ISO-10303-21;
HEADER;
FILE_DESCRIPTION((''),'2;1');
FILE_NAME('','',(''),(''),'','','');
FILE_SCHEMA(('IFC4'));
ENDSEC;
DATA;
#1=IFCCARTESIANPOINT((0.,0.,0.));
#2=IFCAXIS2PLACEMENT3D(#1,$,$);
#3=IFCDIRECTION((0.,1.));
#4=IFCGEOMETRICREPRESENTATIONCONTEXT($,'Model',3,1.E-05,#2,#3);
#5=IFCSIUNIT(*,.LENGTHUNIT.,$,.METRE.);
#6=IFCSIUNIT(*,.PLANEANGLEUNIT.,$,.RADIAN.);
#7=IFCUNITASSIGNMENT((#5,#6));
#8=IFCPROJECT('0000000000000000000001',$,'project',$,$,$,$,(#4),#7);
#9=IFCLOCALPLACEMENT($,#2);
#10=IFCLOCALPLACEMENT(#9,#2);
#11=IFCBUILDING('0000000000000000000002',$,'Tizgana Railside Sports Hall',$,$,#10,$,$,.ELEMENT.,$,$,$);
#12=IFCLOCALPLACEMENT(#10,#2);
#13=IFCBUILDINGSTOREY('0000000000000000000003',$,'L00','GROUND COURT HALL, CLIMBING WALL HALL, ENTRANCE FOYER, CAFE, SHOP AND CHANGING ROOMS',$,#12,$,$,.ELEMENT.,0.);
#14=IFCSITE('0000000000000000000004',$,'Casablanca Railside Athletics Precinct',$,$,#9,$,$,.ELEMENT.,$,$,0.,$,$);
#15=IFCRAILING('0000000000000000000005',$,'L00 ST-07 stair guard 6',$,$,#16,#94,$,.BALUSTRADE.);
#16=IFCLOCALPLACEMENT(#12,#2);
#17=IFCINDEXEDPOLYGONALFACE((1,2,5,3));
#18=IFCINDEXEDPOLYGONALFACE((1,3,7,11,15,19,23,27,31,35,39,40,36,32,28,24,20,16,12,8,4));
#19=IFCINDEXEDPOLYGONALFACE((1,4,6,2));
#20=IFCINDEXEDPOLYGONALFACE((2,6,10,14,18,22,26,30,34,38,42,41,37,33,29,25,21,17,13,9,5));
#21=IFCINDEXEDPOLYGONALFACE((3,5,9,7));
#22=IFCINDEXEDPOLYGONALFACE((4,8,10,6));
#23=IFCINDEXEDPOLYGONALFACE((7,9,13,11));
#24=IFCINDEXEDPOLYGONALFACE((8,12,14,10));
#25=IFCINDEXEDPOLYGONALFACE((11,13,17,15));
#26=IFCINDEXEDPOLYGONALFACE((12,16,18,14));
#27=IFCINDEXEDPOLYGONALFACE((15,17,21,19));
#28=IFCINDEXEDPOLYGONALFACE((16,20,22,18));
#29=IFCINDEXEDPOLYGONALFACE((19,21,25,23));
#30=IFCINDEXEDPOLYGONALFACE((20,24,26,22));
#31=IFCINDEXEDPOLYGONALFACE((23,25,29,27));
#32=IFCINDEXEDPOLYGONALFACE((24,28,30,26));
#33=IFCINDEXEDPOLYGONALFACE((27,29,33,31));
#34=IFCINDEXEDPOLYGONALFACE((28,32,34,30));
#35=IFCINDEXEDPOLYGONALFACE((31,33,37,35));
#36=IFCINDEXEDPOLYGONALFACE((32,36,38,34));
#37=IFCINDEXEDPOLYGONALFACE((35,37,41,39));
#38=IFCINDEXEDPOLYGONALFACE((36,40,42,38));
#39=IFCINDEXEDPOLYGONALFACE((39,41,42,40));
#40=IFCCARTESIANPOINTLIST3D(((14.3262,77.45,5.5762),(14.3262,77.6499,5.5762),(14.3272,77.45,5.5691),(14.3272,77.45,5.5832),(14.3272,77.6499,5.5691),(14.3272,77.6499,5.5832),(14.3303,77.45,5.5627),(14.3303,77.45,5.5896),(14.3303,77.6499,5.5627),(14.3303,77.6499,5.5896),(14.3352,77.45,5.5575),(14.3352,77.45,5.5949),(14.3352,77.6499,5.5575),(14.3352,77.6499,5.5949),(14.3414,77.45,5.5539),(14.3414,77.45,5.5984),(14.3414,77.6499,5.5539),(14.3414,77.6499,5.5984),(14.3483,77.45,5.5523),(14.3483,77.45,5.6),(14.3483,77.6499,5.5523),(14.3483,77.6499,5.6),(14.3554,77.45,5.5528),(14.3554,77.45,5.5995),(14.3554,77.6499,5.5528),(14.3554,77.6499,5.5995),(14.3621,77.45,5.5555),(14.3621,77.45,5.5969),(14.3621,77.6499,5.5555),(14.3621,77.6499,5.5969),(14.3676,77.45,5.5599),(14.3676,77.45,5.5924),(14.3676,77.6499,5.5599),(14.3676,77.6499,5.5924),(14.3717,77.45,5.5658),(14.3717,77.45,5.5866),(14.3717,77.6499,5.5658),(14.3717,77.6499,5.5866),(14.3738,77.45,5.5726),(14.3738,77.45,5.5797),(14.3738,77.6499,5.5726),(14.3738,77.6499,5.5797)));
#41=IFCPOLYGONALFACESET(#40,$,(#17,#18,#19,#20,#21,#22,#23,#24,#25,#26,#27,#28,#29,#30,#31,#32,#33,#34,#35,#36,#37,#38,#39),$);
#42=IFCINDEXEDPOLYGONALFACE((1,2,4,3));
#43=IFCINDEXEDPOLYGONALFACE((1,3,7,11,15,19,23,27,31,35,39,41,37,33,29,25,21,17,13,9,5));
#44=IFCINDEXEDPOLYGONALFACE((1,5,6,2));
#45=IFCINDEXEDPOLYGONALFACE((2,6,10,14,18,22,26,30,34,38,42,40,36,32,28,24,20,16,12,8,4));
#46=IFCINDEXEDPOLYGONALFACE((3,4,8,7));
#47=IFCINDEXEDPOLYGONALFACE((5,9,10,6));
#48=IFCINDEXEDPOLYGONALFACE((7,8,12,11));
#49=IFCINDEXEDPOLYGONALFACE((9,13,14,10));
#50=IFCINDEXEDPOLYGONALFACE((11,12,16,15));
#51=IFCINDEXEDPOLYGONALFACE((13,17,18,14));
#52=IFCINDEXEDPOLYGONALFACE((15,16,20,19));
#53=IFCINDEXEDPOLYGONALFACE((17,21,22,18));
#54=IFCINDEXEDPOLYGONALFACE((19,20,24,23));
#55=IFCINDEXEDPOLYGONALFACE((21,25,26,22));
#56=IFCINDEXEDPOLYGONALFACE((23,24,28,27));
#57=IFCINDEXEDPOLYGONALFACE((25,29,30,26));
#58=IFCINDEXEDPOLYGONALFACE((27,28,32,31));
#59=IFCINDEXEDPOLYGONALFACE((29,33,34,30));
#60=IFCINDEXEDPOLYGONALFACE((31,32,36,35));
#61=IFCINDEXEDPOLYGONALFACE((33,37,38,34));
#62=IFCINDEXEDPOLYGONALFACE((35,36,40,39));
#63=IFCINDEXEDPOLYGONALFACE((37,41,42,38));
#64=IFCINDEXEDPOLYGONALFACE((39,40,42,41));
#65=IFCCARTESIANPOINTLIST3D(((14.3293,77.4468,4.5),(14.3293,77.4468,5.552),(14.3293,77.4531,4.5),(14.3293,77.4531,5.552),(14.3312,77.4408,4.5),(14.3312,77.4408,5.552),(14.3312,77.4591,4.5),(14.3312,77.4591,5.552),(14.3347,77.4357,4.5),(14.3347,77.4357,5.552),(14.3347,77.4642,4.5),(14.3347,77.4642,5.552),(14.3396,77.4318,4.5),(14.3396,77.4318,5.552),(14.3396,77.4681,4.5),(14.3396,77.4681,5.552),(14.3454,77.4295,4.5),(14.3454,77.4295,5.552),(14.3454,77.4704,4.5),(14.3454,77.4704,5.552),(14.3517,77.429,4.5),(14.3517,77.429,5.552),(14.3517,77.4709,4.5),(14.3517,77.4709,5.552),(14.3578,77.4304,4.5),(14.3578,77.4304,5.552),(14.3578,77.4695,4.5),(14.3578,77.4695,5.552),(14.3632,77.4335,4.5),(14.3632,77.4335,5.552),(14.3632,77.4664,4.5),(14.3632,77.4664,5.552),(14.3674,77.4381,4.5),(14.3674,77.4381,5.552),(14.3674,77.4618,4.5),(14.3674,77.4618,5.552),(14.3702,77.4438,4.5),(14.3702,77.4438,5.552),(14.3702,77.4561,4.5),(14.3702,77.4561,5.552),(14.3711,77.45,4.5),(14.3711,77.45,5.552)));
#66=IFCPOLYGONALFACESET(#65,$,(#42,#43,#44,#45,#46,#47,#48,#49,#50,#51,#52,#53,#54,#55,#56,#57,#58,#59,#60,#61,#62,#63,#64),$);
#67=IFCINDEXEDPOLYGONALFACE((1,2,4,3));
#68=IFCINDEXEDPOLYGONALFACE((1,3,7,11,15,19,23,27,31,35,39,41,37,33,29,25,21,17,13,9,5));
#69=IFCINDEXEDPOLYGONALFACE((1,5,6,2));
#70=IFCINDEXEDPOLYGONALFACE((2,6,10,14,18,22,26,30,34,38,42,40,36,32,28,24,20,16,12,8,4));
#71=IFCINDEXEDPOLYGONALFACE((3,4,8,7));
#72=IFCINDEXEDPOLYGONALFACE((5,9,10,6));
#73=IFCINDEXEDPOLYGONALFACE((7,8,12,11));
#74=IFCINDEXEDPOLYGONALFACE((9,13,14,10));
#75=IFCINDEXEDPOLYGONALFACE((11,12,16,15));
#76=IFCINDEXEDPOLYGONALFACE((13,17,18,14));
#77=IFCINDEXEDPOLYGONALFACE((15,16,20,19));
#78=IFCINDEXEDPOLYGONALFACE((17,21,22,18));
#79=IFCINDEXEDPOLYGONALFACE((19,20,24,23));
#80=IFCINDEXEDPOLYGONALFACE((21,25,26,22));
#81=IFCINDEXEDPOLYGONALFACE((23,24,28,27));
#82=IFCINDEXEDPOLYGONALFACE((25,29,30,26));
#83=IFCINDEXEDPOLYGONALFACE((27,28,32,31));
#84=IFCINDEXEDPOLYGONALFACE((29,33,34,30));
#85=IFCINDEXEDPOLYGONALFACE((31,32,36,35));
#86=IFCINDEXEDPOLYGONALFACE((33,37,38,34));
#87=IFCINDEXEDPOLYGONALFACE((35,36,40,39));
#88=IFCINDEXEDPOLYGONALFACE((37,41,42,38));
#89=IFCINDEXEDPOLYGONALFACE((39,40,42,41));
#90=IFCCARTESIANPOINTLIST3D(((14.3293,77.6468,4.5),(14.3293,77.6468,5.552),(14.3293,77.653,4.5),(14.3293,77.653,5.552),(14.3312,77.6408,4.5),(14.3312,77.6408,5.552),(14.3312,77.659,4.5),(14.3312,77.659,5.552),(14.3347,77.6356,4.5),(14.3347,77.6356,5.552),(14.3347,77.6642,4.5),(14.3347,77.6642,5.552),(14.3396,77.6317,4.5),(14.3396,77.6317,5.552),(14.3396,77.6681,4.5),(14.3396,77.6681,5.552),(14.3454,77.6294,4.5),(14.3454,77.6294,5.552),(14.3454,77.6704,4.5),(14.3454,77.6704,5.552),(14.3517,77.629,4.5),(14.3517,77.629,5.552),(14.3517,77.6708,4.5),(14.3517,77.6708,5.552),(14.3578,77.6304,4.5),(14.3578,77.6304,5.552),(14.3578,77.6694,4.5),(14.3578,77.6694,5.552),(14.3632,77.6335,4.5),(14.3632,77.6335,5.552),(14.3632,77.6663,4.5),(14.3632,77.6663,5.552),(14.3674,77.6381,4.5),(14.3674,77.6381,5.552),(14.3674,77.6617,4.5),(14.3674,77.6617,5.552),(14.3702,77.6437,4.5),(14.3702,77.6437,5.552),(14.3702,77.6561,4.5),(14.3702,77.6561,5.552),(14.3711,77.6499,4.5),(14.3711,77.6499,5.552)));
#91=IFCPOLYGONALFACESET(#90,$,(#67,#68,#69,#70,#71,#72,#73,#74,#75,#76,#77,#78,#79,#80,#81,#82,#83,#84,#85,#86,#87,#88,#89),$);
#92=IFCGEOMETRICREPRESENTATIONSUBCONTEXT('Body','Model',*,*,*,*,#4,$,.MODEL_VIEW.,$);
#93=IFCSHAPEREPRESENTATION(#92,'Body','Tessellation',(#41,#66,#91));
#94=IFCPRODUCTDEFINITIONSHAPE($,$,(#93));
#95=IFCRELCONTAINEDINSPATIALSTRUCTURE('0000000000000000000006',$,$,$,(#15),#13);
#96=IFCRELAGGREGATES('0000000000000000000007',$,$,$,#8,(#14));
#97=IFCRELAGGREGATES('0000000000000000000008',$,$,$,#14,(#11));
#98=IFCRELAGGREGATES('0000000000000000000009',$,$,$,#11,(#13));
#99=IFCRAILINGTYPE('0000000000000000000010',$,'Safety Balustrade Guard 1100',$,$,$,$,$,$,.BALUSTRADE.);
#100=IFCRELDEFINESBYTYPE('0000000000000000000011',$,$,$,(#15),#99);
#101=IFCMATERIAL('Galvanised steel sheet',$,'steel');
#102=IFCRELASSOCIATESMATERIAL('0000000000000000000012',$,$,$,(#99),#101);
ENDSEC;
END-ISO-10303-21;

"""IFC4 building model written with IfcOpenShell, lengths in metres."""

from ifc_helpers import new_model, si_unit, direction, frame, origin, origin_2d, place, context, subcontext, project, spatial, circle, extrude, material, type_object, element, save


model = new_model("IFC4")

# Units and contexts
model_context = context("Model", 3, precision=1e-05, world=origin(), true_north=direction((0.0, 1.0)))
body_context = subcontext(model_context, "Body", "Model", "MODEL_VIEW")
ifc_project = project(units=[si_unit("LENGTHUNIT", "METRE"), si_unit("PLANEANGLEUNIT", "RADIAN")], contexts=[model_context])

# Site, building, storey
site_placement = place(None, origin())
site = spatial("IfcSite", under=ifc_project, at=site_placement, Name="Casablanca Railside Athletics Precinct", CompositionType="ELEMENT", RefElevation=0.0)
building_placement = place(site_placement, origin())
building = spatial("IfcBuilding", under=site, at=building_placement, Name="Tizgana Railside Sports Hall", CompositionType="ELEMENT")
storey_placement = place(building_placement, origin())
storey = spatial("IfcBuildingStorey", under=building, at=storey_placement, Name="L00", Description="GROUND COURT HALL, CLIMBING WALL HALL, ENTRANCE FOYER, CAFE, SHOP AND CHANGING ROOMS", CompositionType="ELEMENT", Elevation=0.0)

# Railing
ifc_material_1 = material(Name="Galvanised steel sheet", Category="steel")
railing_type_1 = type_object("IfcRailingType", Name="Safety Balustrade Guard 1100", PredefinedType="BALUSTRADE", material=ifc_material_1)
railing_1_placement = place(storey_placement, frame((14.3501, 77.45, 4.5)))
element("IfcRailing", 1, at=railing_1_placement, inside=storey, type_object=railing_type_1, Name="L00 ST-07 stair guard 6", PredefinedType="BALUSTRADE", context=body_context, shape_type="SweptSolid", body=[
    extrude(circle(Radius=0.0239, at=origin_2d()), frame((0.0, 0.0, 1.0762), z_axis=(0.0, 1.0, 0.0), x_axis=(-1.0, 0.0, 0.0)), (0.0, 0.0, 1.0), 0.2),
    extrude(circle(Radius=0.021, at=origin_2d()), origin(), (0.0, 0.0, 1.0), 1.052),
    extrude(circle(Radius=0.021, at=origin_2d()), frame((0.0, 0.2, 0.0)), (0.0, 0.0, 1.0), 1.052),
])

save(model, "model.ifc")
